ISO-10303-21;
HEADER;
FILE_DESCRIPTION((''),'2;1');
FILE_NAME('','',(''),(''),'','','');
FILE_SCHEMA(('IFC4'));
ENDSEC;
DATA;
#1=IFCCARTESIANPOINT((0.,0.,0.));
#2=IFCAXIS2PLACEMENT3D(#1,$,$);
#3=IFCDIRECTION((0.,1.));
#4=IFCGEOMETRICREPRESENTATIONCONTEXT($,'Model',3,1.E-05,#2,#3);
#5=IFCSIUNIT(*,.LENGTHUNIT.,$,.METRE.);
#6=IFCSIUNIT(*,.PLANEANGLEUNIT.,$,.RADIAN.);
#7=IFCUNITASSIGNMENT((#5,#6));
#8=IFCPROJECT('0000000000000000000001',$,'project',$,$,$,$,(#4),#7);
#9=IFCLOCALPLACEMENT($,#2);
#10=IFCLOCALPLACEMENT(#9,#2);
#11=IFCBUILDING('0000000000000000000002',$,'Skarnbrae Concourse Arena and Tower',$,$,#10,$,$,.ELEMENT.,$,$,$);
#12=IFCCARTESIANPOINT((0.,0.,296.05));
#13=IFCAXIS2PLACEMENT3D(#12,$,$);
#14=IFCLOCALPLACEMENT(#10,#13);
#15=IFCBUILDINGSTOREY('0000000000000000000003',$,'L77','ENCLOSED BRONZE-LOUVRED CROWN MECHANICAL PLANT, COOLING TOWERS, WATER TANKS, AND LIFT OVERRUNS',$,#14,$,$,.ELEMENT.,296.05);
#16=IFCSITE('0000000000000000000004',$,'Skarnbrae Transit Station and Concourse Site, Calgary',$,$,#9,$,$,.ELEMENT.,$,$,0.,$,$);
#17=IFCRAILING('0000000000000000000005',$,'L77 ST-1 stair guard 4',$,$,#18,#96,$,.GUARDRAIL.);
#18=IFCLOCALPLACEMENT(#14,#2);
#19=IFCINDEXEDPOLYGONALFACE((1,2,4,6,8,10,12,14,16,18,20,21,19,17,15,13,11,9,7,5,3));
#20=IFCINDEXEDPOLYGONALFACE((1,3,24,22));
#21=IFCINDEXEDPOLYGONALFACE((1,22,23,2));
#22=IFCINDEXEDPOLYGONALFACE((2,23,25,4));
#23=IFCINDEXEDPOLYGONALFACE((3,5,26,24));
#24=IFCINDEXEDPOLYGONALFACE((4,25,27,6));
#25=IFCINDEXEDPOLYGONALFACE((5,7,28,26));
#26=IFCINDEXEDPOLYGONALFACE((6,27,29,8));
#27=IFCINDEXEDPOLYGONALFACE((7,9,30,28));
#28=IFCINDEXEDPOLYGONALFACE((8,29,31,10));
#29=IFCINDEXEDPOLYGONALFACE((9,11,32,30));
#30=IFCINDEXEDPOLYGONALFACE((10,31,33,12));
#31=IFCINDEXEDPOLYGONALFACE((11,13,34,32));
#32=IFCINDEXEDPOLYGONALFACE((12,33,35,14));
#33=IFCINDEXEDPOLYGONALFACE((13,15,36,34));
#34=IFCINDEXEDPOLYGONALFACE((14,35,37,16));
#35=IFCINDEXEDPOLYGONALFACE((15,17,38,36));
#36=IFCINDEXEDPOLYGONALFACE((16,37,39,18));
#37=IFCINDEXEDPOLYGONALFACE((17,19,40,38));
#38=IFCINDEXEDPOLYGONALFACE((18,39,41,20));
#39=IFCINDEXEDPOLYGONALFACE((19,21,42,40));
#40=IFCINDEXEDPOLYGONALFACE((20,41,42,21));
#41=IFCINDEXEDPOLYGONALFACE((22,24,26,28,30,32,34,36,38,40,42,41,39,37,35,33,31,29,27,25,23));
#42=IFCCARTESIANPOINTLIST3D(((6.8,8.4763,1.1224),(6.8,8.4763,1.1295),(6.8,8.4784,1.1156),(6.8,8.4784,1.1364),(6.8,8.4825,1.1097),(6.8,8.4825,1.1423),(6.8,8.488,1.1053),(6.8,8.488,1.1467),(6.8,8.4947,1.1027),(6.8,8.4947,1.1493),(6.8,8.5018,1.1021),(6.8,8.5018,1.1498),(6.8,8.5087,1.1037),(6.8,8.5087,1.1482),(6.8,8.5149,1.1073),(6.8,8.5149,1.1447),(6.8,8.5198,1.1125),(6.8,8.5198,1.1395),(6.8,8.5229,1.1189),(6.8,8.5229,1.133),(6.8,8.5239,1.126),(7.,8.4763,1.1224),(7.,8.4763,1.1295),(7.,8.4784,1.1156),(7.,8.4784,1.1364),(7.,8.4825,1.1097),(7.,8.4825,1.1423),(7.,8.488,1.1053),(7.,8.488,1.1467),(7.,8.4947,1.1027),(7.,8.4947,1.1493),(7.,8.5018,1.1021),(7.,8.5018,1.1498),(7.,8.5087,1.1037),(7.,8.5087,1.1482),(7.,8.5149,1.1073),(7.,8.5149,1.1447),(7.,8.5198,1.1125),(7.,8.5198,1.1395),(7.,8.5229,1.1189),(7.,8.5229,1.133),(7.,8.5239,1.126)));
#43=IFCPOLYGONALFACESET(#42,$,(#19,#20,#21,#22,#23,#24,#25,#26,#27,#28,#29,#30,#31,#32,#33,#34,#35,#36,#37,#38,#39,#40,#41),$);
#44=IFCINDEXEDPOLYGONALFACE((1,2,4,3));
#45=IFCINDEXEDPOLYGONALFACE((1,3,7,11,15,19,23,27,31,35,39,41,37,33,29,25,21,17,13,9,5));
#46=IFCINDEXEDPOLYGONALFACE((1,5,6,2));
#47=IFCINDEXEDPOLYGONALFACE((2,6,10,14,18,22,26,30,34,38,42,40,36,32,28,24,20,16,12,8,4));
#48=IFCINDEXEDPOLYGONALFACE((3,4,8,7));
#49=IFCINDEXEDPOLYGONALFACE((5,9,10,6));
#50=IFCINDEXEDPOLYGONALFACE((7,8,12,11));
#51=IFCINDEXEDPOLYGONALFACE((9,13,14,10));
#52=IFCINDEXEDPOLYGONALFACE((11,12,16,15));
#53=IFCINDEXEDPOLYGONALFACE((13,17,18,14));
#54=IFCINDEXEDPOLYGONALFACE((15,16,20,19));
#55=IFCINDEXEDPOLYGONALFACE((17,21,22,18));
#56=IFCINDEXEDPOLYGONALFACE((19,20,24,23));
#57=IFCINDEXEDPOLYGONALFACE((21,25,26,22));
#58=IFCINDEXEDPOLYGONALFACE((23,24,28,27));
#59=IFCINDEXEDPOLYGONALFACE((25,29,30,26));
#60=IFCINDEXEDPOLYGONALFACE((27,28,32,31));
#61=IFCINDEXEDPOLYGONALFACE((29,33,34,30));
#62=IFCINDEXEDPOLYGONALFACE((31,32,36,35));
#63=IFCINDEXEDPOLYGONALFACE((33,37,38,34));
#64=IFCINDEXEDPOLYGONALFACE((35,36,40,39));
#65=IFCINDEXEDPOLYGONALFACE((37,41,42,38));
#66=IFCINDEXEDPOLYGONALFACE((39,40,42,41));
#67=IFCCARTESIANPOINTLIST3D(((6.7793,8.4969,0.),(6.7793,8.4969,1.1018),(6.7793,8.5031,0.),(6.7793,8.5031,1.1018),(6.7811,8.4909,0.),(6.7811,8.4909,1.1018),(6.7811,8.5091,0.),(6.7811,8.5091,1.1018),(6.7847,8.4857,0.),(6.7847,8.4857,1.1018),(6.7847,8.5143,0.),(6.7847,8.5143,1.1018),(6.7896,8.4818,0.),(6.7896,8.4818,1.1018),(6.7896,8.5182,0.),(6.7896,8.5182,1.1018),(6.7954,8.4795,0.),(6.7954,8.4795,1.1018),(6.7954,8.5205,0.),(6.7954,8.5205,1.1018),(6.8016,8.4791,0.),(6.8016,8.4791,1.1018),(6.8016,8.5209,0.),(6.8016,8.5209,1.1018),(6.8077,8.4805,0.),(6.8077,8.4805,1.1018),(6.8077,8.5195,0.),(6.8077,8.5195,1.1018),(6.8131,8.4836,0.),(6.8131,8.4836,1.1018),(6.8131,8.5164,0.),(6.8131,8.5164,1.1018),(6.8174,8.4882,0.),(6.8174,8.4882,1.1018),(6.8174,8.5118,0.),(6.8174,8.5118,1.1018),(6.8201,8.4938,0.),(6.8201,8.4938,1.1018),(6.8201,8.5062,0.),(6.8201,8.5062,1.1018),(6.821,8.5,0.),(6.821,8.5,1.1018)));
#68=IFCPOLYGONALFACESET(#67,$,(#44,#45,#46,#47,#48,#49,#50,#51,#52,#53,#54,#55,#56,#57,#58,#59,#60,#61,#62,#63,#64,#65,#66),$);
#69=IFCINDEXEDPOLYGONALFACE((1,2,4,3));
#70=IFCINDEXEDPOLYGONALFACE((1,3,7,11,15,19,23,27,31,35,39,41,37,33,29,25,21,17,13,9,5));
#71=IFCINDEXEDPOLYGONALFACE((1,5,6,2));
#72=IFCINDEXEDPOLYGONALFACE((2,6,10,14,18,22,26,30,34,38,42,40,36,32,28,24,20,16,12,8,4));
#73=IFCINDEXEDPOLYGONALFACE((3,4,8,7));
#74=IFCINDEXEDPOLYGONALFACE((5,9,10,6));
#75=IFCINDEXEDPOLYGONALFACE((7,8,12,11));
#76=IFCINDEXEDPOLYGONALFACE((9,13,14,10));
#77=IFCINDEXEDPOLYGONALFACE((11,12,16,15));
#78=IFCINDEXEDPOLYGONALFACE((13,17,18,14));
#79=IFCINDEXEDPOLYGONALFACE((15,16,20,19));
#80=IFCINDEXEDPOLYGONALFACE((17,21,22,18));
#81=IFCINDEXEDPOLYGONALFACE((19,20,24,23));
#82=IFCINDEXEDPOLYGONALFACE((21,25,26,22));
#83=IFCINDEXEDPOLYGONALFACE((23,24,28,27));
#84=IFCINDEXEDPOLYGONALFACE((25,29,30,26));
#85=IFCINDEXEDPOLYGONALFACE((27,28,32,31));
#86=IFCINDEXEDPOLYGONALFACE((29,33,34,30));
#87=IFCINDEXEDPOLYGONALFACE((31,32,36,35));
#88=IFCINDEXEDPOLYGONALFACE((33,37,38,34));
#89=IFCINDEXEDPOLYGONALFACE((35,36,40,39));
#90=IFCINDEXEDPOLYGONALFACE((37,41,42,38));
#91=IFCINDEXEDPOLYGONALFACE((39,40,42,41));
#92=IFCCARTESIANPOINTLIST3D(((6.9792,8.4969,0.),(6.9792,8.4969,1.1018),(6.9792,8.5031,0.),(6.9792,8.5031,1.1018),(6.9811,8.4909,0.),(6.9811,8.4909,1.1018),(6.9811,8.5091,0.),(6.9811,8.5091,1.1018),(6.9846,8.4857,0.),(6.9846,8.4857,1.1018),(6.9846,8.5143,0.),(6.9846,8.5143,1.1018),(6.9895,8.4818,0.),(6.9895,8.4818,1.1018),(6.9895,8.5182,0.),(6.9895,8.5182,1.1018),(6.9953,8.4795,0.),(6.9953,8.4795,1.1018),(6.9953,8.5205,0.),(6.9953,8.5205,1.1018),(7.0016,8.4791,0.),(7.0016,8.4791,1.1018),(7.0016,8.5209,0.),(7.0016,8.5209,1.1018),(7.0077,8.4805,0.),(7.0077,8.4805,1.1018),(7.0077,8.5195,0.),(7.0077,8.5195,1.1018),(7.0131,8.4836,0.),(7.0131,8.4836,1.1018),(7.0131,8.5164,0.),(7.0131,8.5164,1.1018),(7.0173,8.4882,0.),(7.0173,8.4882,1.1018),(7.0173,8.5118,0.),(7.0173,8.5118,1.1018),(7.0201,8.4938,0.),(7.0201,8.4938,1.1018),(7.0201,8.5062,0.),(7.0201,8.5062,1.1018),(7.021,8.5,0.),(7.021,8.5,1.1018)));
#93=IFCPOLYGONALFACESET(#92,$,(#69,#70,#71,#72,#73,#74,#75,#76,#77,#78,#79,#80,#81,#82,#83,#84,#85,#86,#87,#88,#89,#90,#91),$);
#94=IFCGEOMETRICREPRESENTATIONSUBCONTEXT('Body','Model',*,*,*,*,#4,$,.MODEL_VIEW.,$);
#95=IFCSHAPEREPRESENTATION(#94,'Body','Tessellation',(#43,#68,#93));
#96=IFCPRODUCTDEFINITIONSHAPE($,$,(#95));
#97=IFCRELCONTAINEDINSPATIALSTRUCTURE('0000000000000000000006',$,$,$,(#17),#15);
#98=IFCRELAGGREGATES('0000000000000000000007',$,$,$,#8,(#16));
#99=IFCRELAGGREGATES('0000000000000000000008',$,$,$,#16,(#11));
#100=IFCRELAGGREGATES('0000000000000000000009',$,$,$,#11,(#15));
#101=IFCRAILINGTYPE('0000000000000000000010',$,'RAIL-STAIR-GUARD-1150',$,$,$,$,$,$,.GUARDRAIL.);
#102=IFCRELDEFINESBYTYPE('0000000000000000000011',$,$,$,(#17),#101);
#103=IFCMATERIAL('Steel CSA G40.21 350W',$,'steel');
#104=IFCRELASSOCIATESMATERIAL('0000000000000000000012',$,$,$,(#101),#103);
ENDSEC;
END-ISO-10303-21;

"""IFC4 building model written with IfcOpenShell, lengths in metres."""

from ifc_helpers import new_model, si_unit, direction, frame, origin, origin_2d, place, context, subcontext, project, spatial, circle, extrude, material, type_object, element, save


model = new_model("IFC4")

# Units and contexts
model_context = context("Model", 3, precision=1e-05, world=origin(), true_north=direction((0.0, 1.0)))
body_context = subcontext(model_context, "Body", "Model", "MODEL_VIEW")
ifc_project = project(units=[si_unit("LENGTHUNIT", "METRE"), si_unit("PLANEANGLEUNIT", "RADIAN")], contexts=[model_context])

# Site, building, storey
site_placement = place(None, origin())
site = spatial("IfcSite", under=ifc_project, at=site_placement, Name="Skarnbrae Transit Station and Concourse Site, Calgary", CompositionType="ELEMENT", RefElevation=0.0)
building_placement = place(site_placement, origin())
building = spatial("IfcBuilding", under=site, at=building_placement, Name="Skarnbrae Concourse Arena and Tower", CompositionType="ELEMENT")
storey_placement = place(building_placement, frame((0.0, 0.0, 296.05)))
storey = spatial("IfcBuildingStorey", under=building, at=storey_placement, Name="L77", Description="ENCLOSED BRONZE-LOUVRED CROWN MECHANICAL PLANT, COOLING TOWERS, WATER TANKS, AND LIFT OVERRUNS", CompositionType="ELEMENT", Elevation=296.05)

# Shared definitions
ifc_material_1 = material(Name="Steel CSA G40.21 350W", Category="steel")

# Railing
railing_type_1 = type_object("IfcRailingType", Name="RAIL-STAIR-GUARD-1150", PredefinedType="GUARDRAIL", material=ifc_material_1)
railing_1_placement = place(storey_placement, frame((6.8, 8.5, 0.0)))
element("IfcRailing", 1, at=railing_1_placement, inside=storey, type_object=railing_type_1, Name="L77 ST-1 stair guard 4", PredefinedType="GUARDRAIL", context=body_context, shape_type="SweptSolid", body=[
    extrude(circle(Radius=0.0239, at=origin_2d()), frame((0.0, 0.0, 1.126), z_axis=(1.0, 0.0, 0.0), x_axis=(0.0, 1.0, 0.0)), (0.0, 0.0, 1.0), 0.2),
    extrude(circle(Radius=0.021, at=origin_2d()), origin(), (0.0, 0.0, 1.0), 1.1018),
    extrude(circle(Radius=0.021, at=origin_2d()), frame((0.2, 0.0, 0.0)), (0.0, 0.0, 1.0), 1.1018),
])

save(model, "model.ifc")
